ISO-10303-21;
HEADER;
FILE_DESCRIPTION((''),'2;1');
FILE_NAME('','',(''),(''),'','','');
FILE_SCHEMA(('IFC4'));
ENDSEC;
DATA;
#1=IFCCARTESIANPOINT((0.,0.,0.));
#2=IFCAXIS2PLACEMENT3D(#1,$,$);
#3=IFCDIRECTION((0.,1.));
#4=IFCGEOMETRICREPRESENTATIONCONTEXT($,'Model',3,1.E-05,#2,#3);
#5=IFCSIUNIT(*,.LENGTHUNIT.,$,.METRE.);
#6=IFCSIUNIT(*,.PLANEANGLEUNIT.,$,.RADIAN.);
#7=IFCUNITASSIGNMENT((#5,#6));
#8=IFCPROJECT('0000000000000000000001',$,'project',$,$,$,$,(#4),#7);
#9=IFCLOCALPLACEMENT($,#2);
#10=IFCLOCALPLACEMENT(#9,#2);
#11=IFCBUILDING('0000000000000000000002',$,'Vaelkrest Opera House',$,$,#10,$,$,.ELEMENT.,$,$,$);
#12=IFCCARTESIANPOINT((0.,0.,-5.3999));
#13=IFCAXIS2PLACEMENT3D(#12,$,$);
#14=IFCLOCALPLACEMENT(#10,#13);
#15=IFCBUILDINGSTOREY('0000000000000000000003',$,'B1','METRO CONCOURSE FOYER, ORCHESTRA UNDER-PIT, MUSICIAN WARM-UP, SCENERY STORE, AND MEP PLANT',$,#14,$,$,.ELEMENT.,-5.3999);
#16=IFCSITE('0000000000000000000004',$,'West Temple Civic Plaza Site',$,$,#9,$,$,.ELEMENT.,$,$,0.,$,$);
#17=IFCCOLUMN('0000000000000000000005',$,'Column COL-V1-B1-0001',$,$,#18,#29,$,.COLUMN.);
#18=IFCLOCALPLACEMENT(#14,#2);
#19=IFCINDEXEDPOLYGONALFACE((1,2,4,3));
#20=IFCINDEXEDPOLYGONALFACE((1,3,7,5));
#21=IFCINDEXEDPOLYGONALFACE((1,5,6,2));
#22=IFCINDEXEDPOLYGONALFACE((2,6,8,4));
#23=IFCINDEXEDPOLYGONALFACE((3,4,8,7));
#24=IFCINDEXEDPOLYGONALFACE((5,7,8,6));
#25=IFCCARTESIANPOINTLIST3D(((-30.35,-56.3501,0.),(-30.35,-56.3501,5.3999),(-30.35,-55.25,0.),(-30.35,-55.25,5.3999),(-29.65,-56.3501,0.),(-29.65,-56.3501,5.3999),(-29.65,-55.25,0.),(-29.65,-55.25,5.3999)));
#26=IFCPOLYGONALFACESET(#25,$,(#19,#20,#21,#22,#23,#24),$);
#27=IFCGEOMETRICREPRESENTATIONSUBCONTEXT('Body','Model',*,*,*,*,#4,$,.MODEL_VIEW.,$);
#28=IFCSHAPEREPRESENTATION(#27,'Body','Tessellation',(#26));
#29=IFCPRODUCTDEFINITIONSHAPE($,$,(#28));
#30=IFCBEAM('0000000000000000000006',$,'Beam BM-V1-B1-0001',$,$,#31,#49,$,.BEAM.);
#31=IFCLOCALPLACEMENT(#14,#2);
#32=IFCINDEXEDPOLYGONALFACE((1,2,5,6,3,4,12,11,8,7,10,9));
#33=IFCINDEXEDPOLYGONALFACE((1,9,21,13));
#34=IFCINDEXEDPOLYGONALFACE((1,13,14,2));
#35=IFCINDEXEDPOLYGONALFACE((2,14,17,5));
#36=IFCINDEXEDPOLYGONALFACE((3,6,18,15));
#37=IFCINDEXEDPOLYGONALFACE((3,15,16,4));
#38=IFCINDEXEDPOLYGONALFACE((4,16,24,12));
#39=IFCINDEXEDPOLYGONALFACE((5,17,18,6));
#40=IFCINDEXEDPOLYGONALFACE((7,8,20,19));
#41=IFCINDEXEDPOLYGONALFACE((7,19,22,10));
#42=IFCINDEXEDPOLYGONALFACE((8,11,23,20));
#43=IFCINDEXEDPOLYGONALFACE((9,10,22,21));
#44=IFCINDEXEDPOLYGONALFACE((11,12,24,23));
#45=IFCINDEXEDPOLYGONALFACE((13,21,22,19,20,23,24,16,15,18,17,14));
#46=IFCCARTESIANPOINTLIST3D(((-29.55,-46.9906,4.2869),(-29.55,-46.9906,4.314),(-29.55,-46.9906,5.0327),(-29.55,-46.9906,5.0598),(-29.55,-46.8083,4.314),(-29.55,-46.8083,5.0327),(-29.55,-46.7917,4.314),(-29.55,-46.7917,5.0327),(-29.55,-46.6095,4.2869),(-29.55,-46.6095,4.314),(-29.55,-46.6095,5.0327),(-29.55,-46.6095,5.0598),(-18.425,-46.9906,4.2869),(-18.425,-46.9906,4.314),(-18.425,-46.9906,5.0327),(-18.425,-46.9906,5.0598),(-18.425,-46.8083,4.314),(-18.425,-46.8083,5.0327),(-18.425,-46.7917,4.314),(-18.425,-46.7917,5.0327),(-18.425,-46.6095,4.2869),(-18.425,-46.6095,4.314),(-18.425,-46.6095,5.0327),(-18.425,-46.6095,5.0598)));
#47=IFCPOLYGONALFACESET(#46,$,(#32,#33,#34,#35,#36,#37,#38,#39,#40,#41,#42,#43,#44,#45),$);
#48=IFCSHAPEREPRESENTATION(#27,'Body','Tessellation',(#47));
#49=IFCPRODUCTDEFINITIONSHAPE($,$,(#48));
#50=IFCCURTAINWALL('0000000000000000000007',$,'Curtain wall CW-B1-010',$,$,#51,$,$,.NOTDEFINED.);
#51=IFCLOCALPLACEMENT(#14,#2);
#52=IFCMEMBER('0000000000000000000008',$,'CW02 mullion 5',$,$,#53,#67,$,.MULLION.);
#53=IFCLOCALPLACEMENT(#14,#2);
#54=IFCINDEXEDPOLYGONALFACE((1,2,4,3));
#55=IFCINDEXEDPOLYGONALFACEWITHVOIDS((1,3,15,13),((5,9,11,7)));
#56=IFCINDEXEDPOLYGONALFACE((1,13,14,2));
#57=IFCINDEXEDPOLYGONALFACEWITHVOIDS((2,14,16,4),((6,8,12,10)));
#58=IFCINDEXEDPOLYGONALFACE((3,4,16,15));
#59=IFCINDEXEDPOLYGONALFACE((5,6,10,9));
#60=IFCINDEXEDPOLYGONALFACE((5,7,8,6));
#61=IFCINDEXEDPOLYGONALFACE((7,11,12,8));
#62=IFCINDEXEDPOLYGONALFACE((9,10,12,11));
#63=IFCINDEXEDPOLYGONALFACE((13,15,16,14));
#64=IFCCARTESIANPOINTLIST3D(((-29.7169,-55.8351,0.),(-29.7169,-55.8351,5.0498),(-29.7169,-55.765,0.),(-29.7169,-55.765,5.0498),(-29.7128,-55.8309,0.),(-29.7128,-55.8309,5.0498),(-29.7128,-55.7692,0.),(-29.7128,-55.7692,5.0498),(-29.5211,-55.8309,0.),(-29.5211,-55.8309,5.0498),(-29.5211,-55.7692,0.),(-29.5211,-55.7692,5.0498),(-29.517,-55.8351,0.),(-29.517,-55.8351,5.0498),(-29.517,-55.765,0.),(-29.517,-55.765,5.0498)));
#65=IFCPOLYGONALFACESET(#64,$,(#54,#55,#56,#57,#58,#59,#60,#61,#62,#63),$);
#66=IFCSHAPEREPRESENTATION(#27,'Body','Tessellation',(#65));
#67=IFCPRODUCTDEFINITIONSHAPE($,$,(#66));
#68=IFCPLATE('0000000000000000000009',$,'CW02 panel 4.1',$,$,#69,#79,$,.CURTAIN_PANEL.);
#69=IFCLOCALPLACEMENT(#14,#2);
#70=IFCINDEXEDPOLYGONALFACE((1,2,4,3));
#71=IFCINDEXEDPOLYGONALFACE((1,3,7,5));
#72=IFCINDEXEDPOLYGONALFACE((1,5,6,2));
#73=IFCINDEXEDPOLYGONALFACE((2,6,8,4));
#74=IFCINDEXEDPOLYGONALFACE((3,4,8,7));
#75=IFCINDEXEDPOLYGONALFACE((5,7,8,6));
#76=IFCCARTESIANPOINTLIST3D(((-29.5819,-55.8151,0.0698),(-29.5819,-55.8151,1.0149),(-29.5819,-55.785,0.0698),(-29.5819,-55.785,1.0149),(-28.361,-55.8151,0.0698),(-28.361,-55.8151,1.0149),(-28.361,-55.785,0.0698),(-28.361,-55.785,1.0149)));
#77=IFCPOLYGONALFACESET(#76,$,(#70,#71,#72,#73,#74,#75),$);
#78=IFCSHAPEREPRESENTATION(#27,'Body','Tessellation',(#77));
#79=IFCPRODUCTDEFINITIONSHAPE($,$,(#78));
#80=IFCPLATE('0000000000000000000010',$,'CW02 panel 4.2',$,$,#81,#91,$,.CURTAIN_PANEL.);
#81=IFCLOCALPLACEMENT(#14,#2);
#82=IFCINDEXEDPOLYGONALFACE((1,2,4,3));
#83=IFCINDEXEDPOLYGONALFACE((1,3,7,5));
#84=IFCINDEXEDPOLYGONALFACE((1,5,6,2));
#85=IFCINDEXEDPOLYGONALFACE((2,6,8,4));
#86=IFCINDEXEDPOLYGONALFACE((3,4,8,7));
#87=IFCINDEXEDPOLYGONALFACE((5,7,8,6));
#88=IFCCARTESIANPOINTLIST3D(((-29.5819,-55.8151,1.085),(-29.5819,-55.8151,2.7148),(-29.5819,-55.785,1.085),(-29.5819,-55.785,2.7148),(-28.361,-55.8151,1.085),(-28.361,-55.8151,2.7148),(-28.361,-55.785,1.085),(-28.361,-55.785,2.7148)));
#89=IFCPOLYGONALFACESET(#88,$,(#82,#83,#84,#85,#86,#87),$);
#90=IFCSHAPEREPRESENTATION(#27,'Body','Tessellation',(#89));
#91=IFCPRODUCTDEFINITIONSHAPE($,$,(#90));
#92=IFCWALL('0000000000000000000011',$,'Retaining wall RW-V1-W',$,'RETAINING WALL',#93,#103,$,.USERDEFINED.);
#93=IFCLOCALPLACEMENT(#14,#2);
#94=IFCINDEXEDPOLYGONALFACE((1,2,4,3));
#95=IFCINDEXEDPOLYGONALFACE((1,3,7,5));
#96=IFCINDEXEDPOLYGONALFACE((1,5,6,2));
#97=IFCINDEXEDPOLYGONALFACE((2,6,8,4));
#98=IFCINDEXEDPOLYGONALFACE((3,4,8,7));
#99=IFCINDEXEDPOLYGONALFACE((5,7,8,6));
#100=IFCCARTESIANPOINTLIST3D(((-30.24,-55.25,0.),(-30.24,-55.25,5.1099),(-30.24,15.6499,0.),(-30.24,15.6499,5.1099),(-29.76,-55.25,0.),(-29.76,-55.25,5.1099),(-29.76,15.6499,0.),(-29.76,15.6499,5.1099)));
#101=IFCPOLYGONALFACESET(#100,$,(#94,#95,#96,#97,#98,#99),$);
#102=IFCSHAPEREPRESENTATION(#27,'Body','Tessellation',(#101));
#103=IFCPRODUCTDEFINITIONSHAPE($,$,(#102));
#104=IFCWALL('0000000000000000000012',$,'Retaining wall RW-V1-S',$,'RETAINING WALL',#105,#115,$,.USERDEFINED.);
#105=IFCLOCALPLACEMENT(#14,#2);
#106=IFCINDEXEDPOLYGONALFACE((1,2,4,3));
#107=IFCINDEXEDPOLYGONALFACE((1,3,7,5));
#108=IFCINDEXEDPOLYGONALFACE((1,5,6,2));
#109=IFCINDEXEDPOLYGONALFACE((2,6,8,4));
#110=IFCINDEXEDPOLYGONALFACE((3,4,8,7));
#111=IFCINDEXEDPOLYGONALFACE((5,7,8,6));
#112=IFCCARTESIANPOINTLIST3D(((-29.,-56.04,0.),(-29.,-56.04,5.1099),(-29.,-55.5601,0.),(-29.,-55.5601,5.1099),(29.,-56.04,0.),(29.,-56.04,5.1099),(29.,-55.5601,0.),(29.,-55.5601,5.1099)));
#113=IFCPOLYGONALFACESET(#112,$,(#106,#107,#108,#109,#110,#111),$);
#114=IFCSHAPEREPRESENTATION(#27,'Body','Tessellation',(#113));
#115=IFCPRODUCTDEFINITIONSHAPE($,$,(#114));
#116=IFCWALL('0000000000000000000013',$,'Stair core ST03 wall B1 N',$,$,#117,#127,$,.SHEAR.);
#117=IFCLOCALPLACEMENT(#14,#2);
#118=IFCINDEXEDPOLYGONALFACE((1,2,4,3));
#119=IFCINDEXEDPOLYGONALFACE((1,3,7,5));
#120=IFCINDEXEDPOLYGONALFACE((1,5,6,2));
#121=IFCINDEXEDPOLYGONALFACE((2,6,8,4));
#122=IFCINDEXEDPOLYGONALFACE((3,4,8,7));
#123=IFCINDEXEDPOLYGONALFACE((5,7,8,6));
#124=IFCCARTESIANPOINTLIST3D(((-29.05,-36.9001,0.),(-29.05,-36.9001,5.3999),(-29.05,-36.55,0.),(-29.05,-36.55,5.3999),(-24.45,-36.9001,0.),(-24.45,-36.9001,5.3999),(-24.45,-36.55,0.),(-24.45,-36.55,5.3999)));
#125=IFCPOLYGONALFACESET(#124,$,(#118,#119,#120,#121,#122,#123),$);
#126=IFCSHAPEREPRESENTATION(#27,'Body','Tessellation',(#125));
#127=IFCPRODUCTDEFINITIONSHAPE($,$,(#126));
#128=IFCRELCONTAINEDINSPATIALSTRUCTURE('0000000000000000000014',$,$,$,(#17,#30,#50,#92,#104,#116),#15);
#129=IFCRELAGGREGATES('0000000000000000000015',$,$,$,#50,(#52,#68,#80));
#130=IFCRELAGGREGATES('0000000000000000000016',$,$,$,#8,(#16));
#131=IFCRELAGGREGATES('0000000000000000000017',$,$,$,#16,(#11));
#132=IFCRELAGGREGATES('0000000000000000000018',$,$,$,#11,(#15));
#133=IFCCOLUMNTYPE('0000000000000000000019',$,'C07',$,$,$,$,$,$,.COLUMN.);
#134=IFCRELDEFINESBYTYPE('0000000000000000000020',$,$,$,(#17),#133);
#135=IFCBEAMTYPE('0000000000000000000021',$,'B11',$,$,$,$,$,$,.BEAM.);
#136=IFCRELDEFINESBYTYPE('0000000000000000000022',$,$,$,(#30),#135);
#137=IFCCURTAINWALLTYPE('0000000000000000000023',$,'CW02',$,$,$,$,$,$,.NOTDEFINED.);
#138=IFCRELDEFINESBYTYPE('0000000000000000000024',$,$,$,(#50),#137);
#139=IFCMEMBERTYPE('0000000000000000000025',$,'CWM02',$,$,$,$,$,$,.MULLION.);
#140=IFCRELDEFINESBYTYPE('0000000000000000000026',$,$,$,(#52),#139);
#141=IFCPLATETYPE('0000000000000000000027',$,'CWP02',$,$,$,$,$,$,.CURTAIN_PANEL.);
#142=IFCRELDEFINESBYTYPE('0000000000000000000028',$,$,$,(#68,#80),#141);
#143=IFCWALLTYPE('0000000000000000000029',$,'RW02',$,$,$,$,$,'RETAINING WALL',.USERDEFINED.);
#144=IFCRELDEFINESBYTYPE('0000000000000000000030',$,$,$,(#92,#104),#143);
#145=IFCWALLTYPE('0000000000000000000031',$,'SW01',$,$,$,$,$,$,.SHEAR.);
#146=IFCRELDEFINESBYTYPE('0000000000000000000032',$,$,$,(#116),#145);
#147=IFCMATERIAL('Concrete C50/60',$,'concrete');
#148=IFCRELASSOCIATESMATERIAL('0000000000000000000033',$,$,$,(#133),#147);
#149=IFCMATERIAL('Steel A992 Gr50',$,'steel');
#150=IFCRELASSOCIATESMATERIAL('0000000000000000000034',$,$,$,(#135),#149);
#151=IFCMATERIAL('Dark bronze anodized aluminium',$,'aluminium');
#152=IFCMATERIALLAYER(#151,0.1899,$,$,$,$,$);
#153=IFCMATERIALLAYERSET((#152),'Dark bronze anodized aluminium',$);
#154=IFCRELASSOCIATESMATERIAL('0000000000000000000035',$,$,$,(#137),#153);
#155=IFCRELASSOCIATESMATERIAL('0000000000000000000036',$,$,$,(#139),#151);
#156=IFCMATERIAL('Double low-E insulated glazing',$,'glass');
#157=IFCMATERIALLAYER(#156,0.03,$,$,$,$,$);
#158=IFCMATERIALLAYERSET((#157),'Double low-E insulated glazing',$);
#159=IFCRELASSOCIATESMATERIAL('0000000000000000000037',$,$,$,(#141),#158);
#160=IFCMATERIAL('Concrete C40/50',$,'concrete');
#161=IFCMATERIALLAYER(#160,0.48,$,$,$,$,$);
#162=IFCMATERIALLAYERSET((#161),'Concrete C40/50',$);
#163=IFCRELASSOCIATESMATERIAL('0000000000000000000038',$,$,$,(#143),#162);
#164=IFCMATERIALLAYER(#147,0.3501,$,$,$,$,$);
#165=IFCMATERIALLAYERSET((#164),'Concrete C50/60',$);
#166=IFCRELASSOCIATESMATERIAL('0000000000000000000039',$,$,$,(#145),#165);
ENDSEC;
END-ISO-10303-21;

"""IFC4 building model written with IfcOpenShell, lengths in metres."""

from ifc_helpers import new_model, si_unit, direction, frame, frame_2d, origin, origin_2d, place, context, subcontext, project, spatial, rectangle, hollow_rectangle, i_section, extrude, material, layer, layer_set, material_profile, profile_set, type_object, element, aggregate, save


model = new_model("IFC4")

# Units and contexts
model_context = context("Model", 3, precision=1e-05, world=origin(), true_north=direction((0.0, 1.0)))
body_context = subcontext(model_context, "Body", "Model", "MODEL_VIEW")
ifc_project = project(units=[si_unit("LENGTHUNIT", "METRE"), si_unit("PLANEANGLEUNIT", "RADIAN")], contexts=[model_context])

# Site, building, storey
site_placement = place(None, origin())
site = spatial("IfcSite", under=ifc_project, at=site_placement, Name="West Temple Civic Plaza Site", CompositionType="ELEMENT", RefElevation=0.0)
building_placement = place(site_placement, origin())
building = spatial("IfcBuilding", under=site, at=building_placement, Name="Vaelkrest Opera House", CompositionType="ELEMENT")
storey_placement = place(building_placement, frame((0.0, 0.0, -5.3999)))
storey = spatial("IfcBuildingStorey", under=building, at=storey_placement, Name="B1", Description="METRO CONCOURSE FOYER, ORCHESTRA UNDER-PIT, MUSICIAN WARM-UP, SCENERY STORE, AND MEP PLANT", CompositionType="ELEMENT", Elevation=-5.3999)

# Shared definitions
ifc_material_1 = material(Name="Concrete C40/50", Category="concrete")

# Column
ifc_material_2 = material(Name="Concrete C50/60", Category="concrete")
ifc_material_profile_1 = material_profile(ifc_material_2, rectangle(XDim=0.7, YDim=1.1001, at=origin_2d()), Name="RC700X1100")
ifc_profile_set_1 = profile_set([ifc_material_profile_1], Name="Concrete C50/60")
column_type_1 = type_object("IfcColumnType", Name="C07", PredefinedType="COLUMN", material=ifc_profile_set_1)
column_placement = place(storey_placement, frame((-30.0, -55.8, 0.0), z_axis=(0.0, 0.0, 1.0), x_axis=(1.0, 0.0, 0.0)))
element("IfcColumn", 1, at=column_placement, inside=storey, type_object=column_type_1, Name="Column COL-V1-B1-0001", PredefinedType="COLUMN", context=body_context, shape_type="SweptSolid", body=[
    extrude(rectangle(XDim=0.7, YDim=1.1001, at=origin_2d()), origin(), (0.0, 0.0, 1.0), 5.3999),
])

# Beam
ifc_material_3 = material(Name="Steel A992 Gr50", Category="steel")
ifc_material_profile_2 = material_profile(ifc_material_3, i_section(OverallWidth=0.3811, OverallDepth=0.7729, WebThickness=0.0166, FlangeThickness=0.0271, at=origin_2d()), Name="W30X173")
ifc_profile_set_2 = profile_set([ifc_material_profile_2], Name="Steel A992 Gr50")
beam_type = type_object("IfcBeamType", Name="B11", PredefinedType="BEAM", material=ifc_profile_set_2)
beam_placement = place(storey_placement, frame((-29.55, -46.8, 4.6733), z_axis=(1.0, 0.0, 0.0), x_axis=(0.0, 1.0, 0.0)))
element("IfcBeam", 2, at=beam_placement, inside=storey, type_object=beam_type, Name="Beam BM-V1-B1-0001", PredefinedType="BEAM", context=body_context, shape_type="SweptSolid", body=[
    extrude(i_section(OverallWidth=0.3811, OverallDepth=0.7729, WebThickness=0.0166, FlangeThickness=0.0271, at=origin_2d()), origin(), (0.0, 0.0, 1.0), 11.125),
])

# Curtain wall, member, plates
ifc_material_4 = material(Name="Dark bronze anodized aluminium", Category="aluminium")
ifc_layer_1 = layer(ifc_material_4, 0.1899)
ifc_layer_set_1 = layer_set([ifc_layer_1], Name="Dark bronze anodized aluminium")
curtain_wall_type = type_object("IfcCurtainWallType", Name="CW02", PredefinedType="NOTDEFINED", material=ifc_layer_set_1)
curtain_wall_placement = place(storey_placement, origin())
curtain_wall = element("IfcCurtainWall", 3, at=curtain_wall_placement, inside=storey, type_object=curtain_wall_type, Name="Curtain wall CW-B1-010", PredefinedType="NOTDEFINED")
ifc_material_profile_3 = material_profile(ifc_material_4, hollow_rectangle(XDim=0.0701, YDim=0.2, WallThickness=0.0042, at=origin_2d()), Name="CWM70X200")
ifc_profile_set_3 = profile_set([ifc_material_profile_3], Name="Dark bronze anodized aluminium")
member_type = type_object("IfcMemberType", Name="CWM02", PredefinedType="MULLION", material=ifc_profile_set_3)
member_placement = place(storey_placement, frame((-29.6169, -55.8, 0.0), z_axis=(0.0, 0.0, 1.0), x_axis=(0.0, -1.0, 0.0)))
member = element("IfcMember", 4, at=member_placement, type_object=member_type, Name="CW02 mullion 5", PredefinedType="MULLION", context=body_context, shape_type="SweptSolid", body=[
    extrude(hollow_rectangle(XDim=0.0701, YDim=0.2, WallThickness=0.0042, at=origin_2d()), origin(), (0.0, 0.0, 1.0), 5.0498),
])
ifc_material_5 = material(Name="Double low-E insulated glazing", Category="glass")
ifc_layer_2 = layer(ifc_material_5, 0.03)
ifc_layer_set_2 = layer_set([ifc_layer_2], Name="Double low-E insulated glazing")
plate_type = type_object("IfcPlateType", Name="CWP02", PredefinedType="CURTAIN_PANEL", material=ifc_layer_set_2)
plate_1_placement = place(storey_placement, frame((-28.9714, -55.8, 0.0698), z_axis=(0.0, 0.0, 1.0), x_axis=(-1.0, 0.0, 0.0)))
plate_1 = element("IfcPlate", 5, at=plate_1_placement, type_object=plate_type, Name="CW02 panel 4.1", PredefinedType="CURTAIN_PANEL", context=body_context, shape_type="SweptSolid", body=[
    extrude(rectangle(XDim=1.2209, YDim=0.03, at=origin_2d()), origin(), (0.0, 0.0, 1.0), 0.9451),
])
plate_2_placement = place(storey_placement, frame((-28.9714, -55.8, 1.085), z_axis=(0.0, 0.0, 1.0), x_axis=(-1.0, 0.0, 0.0)))
plate_2 = element("IfcPlate", 6, at=plate_2_placement, type_object=plate_type, Name="CW02 panel 4.2", PredefinedType="CURTAIN_PANEL", context=body_context, shape_type="SweptSolid", body=[
    extrude(rectangle(XDim=1.2209, YDim=0.03, at=origin_2d()), origin(), (0.0, 0.0, 1.0), 1.6299),
])
aggregate(curtain_wall, [member, plate_1, plate_2])

# Walls
ifc_layer_3 = layer(ifc_material_1, 0.48)
ifc_layer_set_3 = layer_set([ifc_layer_3], Name="Concrete C40/50")
wall_type_1 = type_object("IfcWallType", Name="RW02", ElementType="RETAINING WALL", PredefinedType="USERDEFINED", material=ifc_layer_set_3)
wall_1_placement = place(storey_placement, frame((-30.0, -55.25, 0.0), z_axis=(0.0, 0.0, 1.0), x_axis=(0.0, 1.0, 0.0)))
element("IfcWall", 7, at=wall_1_placement, inside=storey, type_object=wall_type_1, Name="Retaining wall RW-V1-W", ObjectType="RETAINING WALL", PredefinedType="USERDEFINED", context=body_context, shape_type="SweptSolid", body=[
    extrude(rectangle(XDim=70.8999, YDim=0.48, at=frame_2d((35.45, 0.0))), origin(), (0.0, 0.0, 1.0), 5.1099),
])
wall_2_placement = place(storey_placement, frame((-29.0, -55.8, 0.0), z_axis=(0.0, 0.0, 1.0), x_axis=(1.0, 0.0, 0.0)))
element("IfcWall", 8, at=wall_2_placement, inside=storey, type_object=wall_type_1, Name="Retaining wall RW-V1-S", ObjectType="RETAINING WALL", PredefinedType="USERDEFINED", context=body_context, shape_type="SweptSolid", body=[
    extrude(rectangle(XDim=58.0, YDim=0.48, at=frame_2d((29.0, 0.0))), origin(), (0.0, 0.0, 1.0), 5.1099),
])
ifc_layer_4 = layer(ifc_material_2, 0.3501)
ifc_layer_set_4 = layer_set([ifc_layer_4], Name="Concrete C50/60")
wall_type_2 = type_object("IfcWallType", Name="SW01", PredefinedType="SHEAR", material=ifc_layer_set_4)
wall_3_placement = place(storey_placement, frame((-29.05, -36.7251, 0.0), z_axis=(0.0, 0.0, 1.0), x_axis=(1.0, 0.0, 0.0)))
element("IfcWall", 9, at=wall_3_placement, inside=storey, type_object=wall_type_2, Name="Stair core ST03 wall B1 N", PredefinedType="SHEAR", context=body_context, shape_type="SweptSolid", body=[
    extrude(rectangle(XDim=4.6001, YDim=0.3501, at=frame_2d((2.3, 0.0))), origin(), (0.0, 0.0, 1.0), 5.3999),
])

save(model, "model.ifc")
